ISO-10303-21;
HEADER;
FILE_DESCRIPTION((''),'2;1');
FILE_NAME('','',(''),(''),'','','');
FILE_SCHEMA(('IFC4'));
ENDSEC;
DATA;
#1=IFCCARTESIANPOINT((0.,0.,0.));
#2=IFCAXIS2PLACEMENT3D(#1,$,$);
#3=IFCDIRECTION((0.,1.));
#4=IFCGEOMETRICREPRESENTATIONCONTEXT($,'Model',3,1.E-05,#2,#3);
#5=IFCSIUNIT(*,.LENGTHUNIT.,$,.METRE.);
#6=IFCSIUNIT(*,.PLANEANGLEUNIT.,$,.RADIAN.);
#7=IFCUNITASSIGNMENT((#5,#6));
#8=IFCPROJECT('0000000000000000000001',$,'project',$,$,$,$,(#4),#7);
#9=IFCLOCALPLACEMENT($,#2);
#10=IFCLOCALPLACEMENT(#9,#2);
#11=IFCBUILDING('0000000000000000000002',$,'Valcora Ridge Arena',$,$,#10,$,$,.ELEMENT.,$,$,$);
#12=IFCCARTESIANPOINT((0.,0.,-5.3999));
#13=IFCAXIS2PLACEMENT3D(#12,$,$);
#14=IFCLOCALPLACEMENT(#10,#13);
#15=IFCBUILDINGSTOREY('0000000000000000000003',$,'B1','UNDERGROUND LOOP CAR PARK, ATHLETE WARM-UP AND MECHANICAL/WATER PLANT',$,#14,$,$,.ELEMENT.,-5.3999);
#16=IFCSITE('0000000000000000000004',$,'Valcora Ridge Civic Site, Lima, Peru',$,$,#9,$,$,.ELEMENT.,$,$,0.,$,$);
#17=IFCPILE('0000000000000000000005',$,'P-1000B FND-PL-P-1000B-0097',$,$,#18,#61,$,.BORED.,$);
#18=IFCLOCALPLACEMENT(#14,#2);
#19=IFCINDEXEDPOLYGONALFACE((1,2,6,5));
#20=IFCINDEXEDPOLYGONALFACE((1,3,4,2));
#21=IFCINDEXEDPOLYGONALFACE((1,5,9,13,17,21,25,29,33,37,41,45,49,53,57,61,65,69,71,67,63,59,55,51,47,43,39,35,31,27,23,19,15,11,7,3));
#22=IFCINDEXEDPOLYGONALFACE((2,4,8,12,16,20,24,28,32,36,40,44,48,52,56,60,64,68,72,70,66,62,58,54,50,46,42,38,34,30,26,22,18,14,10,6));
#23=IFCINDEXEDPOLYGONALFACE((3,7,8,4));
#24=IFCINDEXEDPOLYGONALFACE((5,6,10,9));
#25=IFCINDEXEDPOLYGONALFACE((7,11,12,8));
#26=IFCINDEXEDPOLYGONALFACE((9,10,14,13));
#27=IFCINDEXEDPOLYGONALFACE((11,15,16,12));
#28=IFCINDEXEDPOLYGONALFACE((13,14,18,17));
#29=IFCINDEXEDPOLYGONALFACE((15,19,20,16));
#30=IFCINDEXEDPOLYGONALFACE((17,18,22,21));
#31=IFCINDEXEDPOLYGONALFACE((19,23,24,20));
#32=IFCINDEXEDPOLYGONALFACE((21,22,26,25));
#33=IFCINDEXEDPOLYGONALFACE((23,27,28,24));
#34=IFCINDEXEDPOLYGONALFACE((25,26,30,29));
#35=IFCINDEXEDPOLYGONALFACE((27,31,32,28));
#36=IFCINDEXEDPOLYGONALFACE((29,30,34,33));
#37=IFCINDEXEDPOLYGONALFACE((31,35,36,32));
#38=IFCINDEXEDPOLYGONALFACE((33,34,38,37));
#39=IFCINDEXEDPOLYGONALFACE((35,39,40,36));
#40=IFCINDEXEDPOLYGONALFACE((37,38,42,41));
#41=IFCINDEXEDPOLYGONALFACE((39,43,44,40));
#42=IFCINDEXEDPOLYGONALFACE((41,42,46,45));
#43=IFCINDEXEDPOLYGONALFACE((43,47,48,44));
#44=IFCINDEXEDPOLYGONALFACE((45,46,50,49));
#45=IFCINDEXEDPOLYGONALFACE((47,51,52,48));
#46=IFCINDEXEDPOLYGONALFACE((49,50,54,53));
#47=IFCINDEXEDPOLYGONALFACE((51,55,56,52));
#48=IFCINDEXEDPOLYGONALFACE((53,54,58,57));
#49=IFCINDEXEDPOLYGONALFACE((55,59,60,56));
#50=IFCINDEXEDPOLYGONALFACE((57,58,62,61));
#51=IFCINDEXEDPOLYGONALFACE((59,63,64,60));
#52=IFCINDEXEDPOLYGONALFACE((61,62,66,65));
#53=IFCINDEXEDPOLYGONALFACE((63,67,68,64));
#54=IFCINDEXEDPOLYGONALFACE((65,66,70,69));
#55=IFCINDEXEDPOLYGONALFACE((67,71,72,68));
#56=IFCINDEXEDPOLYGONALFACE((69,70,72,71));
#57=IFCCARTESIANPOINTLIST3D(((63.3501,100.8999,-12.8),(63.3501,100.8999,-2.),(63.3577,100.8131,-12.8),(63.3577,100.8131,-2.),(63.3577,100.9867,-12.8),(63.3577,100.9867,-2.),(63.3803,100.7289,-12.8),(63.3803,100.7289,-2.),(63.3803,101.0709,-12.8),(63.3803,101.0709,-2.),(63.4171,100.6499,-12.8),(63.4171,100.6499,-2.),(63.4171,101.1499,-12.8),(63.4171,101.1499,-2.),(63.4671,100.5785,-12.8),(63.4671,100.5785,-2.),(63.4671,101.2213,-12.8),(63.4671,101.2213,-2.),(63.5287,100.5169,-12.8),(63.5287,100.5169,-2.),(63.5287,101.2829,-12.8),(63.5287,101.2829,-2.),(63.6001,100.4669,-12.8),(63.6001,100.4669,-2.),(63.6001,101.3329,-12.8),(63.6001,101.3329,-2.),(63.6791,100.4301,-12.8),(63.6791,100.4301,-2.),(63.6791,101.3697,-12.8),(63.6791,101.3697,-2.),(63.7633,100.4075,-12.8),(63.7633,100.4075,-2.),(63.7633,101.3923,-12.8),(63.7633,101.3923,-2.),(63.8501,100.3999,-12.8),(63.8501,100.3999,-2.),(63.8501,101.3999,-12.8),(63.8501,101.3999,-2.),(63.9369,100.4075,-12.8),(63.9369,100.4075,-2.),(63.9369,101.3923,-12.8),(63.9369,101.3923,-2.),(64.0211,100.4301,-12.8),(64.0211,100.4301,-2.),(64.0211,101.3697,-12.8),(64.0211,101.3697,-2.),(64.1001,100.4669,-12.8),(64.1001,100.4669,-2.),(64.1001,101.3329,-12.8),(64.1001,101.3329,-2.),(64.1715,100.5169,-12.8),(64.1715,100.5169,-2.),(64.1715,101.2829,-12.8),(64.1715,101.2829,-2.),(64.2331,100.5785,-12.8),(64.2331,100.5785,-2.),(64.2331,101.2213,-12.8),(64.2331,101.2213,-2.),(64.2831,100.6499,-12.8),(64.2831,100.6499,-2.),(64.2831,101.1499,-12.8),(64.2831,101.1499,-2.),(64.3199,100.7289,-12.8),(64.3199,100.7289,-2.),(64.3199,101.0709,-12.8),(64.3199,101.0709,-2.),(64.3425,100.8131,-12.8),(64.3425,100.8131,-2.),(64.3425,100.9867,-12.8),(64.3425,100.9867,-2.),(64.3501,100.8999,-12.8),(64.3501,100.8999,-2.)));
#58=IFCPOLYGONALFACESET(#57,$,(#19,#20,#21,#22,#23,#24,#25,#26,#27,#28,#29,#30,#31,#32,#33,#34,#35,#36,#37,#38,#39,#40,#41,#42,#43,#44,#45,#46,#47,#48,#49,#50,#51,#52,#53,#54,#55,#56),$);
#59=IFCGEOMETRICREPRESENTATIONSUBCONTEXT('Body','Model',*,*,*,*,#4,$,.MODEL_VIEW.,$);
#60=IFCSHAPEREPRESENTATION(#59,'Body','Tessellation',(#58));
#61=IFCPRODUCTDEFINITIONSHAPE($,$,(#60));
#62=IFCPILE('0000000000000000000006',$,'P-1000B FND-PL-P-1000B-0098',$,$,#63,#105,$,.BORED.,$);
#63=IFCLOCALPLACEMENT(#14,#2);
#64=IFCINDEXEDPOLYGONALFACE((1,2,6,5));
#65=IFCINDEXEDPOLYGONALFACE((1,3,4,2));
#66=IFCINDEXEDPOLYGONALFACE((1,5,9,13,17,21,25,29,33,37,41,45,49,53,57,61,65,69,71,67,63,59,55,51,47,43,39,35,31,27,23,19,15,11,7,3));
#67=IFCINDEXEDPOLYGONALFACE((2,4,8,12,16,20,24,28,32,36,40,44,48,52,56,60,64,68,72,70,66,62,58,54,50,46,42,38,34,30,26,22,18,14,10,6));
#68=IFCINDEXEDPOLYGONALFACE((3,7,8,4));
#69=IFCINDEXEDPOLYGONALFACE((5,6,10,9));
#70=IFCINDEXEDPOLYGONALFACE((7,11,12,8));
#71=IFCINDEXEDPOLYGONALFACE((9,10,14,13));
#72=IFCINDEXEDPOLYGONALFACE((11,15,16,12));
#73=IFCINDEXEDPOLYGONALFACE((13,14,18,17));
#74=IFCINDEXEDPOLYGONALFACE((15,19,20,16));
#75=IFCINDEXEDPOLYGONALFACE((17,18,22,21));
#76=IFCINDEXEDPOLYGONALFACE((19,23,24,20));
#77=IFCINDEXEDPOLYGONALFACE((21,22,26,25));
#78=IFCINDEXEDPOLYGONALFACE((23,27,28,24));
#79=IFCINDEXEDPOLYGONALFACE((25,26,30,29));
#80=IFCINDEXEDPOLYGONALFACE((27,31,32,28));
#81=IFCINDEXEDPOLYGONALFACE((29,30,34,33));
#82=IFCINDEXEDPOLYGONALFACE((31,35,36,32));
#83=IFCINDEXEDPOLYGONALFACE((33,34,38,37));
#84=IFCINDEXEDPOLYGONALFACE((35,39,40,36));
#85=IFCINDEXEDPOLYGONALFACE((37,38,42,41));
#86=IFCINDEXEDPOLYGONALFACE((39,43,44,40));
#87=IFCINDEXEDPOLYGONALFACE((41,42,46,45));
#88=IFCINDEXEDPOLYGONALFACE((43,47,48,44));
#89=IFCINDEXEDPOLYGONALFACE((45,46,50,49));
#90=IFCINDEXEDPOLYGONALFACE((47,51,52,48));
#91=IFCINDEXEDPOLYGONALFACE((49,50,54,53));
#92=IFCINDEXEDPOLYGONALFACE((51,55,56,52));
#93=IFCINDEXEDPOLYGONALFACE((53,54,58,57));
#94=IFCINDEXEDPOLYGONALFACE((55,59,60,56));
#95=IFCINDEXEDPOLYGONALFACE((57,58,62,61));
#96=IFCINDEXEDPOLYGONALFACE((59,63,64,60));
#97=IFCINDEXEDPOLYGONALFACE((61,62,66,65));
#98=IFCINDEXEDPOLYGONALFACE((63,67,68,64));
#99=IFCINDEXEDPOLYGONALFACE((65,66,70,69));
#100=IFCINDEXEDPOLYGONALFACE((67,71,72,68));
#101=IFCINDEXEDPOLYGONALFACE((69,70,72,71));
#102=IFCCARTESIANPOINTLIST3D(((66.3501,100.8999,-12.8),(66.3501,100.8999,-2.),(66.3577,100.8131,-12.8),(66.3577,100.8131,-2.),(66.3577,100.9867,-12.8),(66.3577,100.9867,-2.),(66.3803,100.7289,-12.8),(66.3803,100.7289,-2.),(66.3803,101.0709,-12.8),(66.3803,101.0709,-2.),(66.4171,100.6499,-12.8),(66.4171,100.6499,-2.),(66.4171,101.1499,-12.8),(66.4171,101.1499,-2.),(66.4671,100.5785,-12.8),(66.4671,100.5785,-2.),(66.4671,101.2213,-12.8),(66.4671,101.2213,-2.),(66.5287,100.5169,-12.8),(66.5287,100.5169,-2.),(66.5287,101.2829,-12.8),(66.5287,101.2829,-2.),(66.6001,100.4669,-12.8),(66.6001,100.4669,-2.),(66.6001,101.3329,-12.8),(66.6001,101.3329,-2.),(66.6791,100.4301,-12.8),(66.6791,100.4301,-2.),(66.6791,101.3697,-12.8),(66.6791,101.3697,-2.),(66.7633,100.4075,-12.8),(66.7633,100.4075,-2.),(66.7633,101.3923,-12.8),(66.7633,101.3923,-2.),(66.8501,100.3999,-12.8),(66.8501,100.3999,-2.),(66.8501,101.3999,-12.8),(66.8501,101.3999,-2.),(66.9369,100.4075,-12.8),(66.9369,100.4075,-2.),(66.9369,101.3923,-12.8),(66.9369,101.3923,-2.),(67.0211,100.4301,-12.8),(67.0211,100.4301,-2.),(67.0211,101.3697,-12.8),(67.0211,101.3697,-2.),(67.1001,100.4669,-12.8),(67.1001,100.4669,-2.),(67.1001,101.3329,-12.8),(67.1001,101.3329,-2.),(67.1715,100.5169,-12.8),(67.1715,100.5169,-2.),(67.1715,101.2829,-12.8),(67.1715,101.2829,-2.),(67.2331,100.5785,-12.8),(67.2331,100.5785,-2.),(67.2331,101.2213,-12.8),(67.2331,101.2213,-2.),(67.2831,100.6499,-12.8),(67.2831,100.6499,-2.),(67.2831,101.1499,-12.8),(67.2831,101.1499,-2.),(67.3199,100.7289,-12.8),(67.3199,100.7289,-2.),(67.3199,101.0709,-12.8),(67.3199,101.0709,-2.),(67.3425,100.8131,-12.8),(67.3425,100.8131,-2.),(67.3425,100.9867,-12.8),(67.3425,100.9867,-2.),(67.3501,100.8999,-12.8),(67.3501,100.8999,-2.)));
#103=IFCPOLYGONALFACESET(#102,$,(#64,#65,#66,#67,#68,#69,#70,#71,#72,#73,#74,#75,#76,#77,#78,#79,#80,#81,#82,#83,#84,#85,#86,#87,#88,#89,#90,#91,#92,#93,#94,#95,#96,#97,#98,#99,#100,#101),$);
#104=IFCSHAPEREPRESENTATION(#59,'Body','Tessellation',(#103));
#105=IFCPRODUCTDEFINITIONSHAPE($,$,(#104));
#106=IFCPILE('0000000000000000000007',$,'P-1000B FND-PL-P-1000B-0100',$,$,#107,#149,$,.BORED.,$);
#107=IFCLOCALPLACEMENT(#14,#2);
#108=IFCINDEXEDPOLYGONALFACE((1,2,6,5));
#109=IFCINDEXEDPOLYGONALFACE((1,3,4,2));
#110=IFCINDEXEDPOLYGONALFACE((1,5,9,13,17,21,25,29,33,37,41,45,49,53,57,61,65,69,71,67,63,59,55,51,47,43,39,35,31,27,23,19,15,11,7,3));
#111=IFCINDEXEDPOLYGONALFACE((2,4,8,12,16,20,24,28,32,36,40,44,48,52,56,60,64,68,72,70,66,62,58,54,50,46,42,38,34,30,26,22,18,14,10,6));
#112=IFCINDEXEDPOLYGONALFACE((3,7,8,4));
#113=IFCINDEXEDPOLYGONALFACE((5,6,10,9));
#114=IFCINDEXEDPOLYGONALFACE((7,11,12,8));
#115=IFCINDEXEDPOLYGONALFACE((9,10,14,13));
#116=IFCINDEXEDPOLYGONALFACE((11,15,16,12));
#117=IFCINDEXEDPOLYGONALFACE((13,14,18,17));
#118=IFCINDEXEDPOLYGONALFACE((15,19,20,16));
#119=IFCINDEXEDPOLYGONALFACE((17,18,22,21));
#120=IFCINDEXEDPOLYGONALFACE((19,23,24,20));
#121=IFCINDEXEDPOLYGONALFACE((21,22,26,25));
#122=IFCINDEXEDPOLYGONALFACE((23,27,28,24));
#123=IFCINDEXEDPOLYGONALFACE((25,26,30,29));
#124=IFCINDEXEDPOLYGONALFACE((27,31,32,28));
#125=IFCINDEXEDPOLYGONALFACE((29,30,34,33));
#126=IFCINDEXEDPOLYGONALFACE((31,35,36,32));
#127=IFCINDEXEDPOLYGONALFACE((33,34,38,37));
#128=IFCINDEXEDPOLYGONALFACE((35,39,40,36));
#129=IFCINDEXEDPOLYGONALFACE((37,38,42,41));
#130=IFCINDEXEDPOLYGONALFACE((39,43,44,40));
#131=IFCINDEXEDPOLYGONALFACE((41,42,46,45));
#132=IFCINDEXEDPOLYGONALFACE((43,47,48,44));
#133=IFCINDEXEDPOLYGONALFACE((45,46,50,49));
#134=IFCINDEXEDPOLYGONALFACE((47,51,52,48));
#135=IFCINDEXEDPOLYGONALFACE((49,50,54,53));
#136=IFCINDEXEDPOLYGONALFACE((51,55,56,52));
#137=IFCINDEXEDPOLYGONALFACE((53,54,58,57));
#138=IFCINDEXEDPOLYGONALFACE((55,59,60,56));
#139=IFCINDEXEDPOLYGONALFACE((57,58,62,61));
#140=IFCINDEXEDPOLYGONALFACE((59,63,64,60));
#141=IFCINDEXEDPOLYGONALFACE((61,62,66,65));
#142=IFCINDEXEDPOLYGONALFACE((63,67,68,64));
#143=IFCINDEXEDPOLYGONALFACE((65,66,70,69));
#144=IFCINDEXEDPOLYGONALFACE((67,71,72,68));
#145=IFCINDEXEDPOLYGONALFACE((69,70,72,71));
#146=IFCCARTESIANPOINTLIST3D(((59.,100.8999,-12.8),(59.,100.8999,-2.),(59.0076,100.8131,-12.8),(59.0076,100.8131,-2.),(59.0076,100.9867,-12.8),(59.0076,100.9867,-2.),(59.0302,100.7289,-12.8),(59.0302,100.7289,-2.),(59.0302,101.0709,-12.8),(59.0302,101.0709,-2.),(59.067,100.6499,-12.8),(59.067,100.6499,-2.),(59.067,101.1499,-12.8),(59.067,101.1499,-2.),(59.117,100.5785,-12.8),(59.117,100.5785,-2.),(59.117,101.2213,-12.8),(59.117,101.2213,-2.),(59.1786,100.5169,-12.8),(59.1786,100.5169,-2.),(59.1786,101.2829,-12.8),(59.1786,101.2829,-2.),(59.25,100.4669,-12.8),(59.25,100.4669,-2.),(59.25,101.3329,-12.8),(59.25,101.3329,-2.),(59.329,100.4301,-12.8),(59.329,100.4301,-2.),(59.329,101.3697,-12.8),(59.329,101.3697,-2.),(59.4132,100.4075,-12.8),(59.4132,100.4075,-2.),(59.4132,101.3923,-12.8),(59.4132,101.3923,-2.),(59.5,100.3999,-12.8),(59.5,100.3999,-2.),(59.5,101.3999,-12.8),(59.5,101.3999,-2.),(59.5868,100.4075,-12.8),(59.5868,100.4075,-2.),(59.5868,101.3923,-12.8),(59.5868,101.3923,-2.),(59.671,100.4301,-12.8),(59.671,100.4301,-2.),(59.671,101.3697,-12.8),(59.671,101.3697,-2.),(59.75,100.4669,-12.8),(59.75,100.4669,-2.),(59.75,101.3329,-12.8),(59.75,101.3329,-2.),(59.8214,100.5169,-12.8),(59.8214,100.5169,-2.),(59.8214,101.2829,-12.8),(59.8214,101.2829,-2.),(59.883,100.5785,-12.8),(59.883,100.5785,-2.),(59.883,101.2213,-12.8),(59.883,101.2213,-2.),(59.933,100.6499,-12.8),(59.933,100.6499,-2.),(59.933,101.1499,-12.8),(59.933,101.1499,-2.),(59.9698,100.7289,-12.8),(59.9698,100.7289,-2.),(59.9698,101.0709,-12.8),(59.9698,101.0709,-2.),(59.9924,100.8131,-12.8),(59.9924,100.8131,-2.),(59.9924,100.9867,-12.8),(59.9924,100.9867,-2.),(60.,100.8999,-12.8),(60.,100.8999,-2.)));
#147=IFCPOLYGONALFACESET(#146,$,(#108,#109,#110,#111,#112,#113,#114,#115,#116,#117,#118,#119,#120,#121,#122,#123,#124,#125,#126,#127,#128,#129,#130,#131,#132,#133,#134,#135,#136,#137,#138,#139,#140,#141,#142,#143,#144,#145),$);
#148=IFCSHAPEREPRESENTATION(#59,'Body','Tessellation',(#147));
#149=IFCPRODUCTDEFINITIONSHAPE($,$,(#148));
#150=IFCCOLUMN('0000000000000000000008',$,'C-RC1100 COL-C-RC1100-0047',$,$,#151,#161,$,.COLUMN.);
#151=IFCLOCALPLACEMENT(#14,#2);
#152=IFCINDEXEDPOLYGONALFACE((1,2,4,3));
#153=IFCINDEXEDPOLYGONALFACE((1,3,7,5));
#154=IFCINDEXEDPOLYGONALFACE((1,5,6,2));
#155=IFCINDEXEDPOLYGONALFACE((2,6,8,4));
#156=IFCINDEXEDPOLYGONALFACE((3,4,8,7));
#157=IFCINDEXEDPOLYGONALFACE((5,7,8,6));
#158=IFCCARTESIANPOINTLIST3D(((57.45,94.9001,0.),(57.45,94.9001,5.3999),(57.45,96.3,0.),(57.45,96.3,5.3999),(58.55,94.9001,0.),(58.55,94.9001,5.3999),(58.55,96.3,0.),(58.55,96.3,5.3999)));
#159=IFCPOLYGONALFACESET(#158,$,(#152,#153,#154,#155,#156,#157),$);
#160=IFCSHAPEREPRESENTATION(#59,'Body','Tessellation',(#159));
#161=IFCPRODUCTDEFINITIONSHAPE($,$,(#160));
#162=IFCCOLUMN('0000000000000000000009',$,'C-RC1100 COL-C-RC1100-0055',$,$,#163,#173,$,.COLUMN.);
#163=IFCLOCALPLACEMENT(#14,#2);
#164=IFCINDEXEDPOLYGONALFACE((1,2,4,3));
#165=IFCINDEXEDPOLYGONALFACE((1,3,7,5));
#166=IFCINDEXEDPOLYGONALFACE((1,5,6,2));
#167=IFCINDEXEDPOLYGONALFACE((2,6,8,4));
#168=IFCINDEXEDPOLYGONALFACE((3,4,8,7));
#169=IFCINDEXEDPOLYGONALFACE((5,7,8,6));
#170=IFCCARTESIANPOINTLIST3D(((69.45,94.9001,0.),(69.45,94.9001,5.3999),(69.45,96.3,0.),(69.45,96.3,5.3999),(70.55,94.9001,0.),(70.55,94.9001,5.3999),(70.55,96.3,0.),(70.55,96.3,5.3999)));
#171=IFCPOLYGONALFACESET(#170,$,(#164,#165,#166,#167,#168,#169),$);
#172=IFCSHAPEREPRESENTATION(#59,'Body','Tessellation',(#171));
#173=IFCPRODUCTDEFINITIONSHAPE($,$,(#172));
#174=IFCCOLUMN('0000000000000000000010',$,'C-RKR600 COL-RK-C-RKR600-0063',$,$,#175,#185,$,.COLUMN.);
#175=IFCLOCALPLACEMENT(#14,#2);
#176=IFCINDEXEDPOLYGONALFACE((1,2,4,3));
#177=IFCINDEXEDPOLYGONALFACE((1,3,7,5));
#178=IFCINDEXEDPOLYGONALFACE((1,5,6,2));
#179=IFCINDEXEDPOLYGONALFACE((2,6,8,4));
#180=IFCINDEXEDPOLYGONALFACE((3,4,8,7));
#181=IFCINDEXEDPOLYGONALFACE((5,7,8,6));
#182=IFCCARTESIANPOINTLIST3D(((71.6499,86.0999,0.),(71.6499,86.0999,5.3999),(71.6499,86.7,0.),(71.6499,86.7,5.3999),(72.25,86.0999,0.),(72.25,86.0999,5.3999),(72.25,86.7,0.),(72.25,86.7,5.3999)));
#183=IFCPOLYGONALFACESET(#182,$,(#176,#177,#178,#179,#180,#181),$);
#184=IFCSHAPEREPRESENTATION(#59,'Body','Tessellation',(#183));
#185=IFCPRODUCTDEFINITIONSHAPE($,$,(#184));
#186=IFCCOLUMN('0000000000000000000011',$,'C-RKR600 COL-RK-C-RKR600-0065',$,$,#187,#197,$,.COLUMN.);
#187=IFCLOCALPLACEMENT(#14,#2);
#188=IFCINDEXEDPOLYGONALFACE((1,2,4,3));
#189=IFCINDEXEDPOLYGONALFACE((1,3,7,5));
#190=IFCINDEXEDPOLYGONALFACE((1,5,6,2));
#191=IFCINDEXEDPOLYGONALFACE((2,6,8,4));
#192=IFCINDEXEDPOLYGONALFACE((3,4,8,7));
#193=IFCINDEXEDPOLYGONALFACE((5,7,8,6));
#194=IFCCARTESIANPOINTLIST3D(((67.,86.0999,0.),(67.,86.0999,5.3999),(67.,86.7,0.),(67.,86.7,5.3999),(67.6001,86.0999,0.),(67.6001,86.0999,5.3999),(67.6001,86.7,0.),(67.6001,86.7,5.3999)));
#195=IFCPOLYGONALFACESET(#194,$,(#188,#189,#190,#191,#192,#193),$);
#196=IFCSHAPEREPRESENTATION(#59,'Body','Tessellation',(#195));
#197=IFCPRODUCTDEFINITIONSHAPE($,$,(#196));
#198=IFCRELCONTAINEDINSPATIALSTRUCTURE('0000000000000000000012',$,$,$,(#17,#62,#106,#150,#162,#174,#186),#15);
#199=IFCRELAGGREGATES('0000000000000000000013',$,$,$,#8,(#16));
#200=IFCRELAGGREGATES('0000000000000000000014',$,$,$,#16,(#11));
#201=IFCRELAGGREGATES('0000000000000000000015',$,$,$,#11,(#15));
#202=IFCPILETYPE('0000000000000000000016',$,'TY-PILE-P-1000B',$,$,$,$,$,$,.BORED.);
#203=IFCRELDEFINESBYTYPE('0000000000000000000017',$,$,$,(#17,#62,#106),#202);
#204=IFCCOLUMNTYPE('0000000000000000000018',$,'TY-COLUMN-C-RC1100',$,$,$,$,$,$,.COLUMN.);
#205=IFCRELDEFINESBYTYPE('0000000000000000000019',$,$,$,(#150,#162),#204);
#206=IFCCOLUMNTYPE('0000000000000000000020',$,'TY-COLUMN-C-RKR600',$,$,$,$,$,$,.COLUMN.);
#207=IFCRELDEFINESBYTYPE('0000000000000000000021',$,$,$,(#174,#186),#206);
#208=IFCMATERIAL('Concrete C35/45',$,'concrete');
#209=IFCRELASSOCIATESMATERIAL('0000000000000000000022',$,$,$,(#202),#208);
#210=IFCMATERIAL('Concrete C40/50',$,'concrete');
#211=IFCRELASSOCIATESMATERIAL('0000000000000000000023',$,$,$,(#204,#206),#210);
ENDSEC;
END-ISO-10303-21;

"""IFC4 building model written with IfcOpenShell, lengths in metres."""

from ifc_helpers import new_model, si_unit, direction, frame, origin, origin_2d, place, context, subcontext, project, spatial, rectangle, circle, extrude, material, material_profile, profile_set, type_object, element, save


model = new_model("IFC4")

# Units and contexts
model_context = context("Model", 3, precision=1e-05, world=origin(), true_north=direction((0.0, 1.0)))
body_context = subcontext(model_context, "Body", "Model", "MODEL_VIEW")
ifc_project = project(units=[si_unit("LENGTHUNIT", "METRE"), si_unit("PLANEANGLEUNIT", "RADIAN")], contexts=[model_context])

# Site, building, storey
site_placement = place(None, origin())
site = spatial("IfcSite", under=ifc_project, at=site_placement, Name="Valcora Ridge Civic Site, Lima, Peru", CompositionType="ELEMENT", RefElevation=0.0)
building_placement = place(site_placement, origin())
building = spatial("IfcBuilding", under=site, at=building_placement, Name="Valcora Ridge Arena", CompositionType="ELEMENT")
storey_placement = place(building_placement, frame((0.0, 0.0, -5.3999)))
storey = spatial("IfcBuildingStorey", under=building, at=storey_placement, Name="B1", Description="UNDERGROUND LOOP CAR PARK, ATHLETE WARM-UP AND MECHANICAL/WATER PLANT", CompositionType="ELEMENT", Elevation=-5.3999)

# Shared definitions
ifc_material_1 = material(Name="Concrete C40/50", Category="concrete")

# Piles
ifc_material_2 = material(Name="Concrete C35/45", Category="concrete")
ifc_material_profile_1 = material_profile(ifc_material_2, circle(Radius=0.5, at=origin_2d()), Name="BORED PILE D1000")
ifc_profile_set_1 = profile_set([ifc_material_profile_1], Name="Concrete C35/45")
pile_type_1 = type_object("IfcPileType", Name="TY-PILE-P-1000B", PredefinedType="BORED", material=ifc_profile_set_1)
for number, where, z_axis, x_axis, name in (
    (1, (63.8501, 100.8999, -2.0), (0.0, 0.0, -1.0), (1.0, 0.0, 0.0), "P-1000B FND-PL-P-1000B-0097"),
    (2, (66.8501, 100.8999, -2.0), (0.0, 0.0, -1.0), (1.0, 0.0, 0.0), "P-1000B FND-PL-P-1000B-0098"),
    (3, (59.5, 100.8999, -2.0), (0.0, 0.0, -1.0), (1.0, 0.0, 0.0), "P-1000B FND-PL-P-1000B-0100"),
):
    element("IfcPile", number, at=place(storey_placement, frame(where, z_axis=z_axis, x_axis=x_axis)), inside=storey, type_object=pile_type_1, Name=name, PredefinedType="BORED", context=body_context, shape_type="SweptSolid", body=[
        extrude(circle(Radius=0.5, at=origin_2d()), origin(), (0.0, 0.0, 1.0), 10.8),
    ])

# Columns
ifc_material_profile_2 = material_profile(ifc_material_1, rectangle(XDim=1.1001, YDim=1.3999, at=origin_2d()), Name="RC 1100x1400")
ifc_profile_set_2 = profile_set([ifc_material_profile_2], Name="Concrete C40/50")
column_type_1 = type_object("IfcColumnType", Name="TY-COLUMN-C-RC1100", PredefinedType="COLUMN", material=ifc_profile_set_2)
for number, where, z_axis, x_axis, name in (
    (4, (58.0, 95.6001, 0.0), (0.0, 0.0, 1.0), (1.0, 0.0, 0.0), "C-RC1100 COL-C-RC1100-0047"),
    (5, (70.0, 95.6001, 0.0), (0.0, 0.0, 1.0), (1.0, 0.0, 0.0), "C-RC1100 COL-C-RC1100-0055"),
):
    element("IfcColumn", number, at=place(storey_placement, frame(where, z_axis=z_axis, x_axis=x_axis)), inside=storey, type_object=column_type_1, Name=name, PredefinedType="COLUMN", context=body_context, shape_type="SweptSolid", body=[
        extrude(rectangle(XDim=1.1001, YDim=1.3999, at=origin_2d()), origin(), (0.0, 0.0, 1.0), 5.3999),
    ])
ifc_material_profile_3 = material_profile(ifc_material_1, rectangle(XDim=0.6001, YDim=0.6001, at=origin_2d()), Name="RC 600x600")
ifc_profile_set_3 = profile_set([ifc_material_profile_3], Name="Concrete C40/50")
column_type_2 = type_object("IfcColumnType", Name="TY-COLUMN-C-RKR600", PredefinedType="COLUMN", material=ifc_profile_set_3)
for number, where, z_axis, x_axis, name in (
    (6, (71.95, 86.3999, 0.0), (0.0, 0.0, 1.0), (1.0, 0.0, 0.0), "C-RKR600 COL-RK-C-RKR600-0063"),
    (7, (67.3, 86.3999, 0.0), (0.0, 0.0, 1.0), (1.0, 0.0, 0.0), "C-RKR600 COL-RK-C-RKR600-0065"),
):
    element("IfcColumn", number, at=place(storey_placement, frame(where, z_axis=z_axis, x_axis=x_axis)), inside=storey, type_object=column_type_2, Name=name, PredefinedType="COLUMN", context=body_context, shape_type="SweptSolid", body=[
        extrude(rectangle(XDim=0.6001, YDim=0.6001, at=origin_2d()), origin(), (0.0, 0.0, 1.0), 5.3999),
    ])

save(model, "model.ifc")
